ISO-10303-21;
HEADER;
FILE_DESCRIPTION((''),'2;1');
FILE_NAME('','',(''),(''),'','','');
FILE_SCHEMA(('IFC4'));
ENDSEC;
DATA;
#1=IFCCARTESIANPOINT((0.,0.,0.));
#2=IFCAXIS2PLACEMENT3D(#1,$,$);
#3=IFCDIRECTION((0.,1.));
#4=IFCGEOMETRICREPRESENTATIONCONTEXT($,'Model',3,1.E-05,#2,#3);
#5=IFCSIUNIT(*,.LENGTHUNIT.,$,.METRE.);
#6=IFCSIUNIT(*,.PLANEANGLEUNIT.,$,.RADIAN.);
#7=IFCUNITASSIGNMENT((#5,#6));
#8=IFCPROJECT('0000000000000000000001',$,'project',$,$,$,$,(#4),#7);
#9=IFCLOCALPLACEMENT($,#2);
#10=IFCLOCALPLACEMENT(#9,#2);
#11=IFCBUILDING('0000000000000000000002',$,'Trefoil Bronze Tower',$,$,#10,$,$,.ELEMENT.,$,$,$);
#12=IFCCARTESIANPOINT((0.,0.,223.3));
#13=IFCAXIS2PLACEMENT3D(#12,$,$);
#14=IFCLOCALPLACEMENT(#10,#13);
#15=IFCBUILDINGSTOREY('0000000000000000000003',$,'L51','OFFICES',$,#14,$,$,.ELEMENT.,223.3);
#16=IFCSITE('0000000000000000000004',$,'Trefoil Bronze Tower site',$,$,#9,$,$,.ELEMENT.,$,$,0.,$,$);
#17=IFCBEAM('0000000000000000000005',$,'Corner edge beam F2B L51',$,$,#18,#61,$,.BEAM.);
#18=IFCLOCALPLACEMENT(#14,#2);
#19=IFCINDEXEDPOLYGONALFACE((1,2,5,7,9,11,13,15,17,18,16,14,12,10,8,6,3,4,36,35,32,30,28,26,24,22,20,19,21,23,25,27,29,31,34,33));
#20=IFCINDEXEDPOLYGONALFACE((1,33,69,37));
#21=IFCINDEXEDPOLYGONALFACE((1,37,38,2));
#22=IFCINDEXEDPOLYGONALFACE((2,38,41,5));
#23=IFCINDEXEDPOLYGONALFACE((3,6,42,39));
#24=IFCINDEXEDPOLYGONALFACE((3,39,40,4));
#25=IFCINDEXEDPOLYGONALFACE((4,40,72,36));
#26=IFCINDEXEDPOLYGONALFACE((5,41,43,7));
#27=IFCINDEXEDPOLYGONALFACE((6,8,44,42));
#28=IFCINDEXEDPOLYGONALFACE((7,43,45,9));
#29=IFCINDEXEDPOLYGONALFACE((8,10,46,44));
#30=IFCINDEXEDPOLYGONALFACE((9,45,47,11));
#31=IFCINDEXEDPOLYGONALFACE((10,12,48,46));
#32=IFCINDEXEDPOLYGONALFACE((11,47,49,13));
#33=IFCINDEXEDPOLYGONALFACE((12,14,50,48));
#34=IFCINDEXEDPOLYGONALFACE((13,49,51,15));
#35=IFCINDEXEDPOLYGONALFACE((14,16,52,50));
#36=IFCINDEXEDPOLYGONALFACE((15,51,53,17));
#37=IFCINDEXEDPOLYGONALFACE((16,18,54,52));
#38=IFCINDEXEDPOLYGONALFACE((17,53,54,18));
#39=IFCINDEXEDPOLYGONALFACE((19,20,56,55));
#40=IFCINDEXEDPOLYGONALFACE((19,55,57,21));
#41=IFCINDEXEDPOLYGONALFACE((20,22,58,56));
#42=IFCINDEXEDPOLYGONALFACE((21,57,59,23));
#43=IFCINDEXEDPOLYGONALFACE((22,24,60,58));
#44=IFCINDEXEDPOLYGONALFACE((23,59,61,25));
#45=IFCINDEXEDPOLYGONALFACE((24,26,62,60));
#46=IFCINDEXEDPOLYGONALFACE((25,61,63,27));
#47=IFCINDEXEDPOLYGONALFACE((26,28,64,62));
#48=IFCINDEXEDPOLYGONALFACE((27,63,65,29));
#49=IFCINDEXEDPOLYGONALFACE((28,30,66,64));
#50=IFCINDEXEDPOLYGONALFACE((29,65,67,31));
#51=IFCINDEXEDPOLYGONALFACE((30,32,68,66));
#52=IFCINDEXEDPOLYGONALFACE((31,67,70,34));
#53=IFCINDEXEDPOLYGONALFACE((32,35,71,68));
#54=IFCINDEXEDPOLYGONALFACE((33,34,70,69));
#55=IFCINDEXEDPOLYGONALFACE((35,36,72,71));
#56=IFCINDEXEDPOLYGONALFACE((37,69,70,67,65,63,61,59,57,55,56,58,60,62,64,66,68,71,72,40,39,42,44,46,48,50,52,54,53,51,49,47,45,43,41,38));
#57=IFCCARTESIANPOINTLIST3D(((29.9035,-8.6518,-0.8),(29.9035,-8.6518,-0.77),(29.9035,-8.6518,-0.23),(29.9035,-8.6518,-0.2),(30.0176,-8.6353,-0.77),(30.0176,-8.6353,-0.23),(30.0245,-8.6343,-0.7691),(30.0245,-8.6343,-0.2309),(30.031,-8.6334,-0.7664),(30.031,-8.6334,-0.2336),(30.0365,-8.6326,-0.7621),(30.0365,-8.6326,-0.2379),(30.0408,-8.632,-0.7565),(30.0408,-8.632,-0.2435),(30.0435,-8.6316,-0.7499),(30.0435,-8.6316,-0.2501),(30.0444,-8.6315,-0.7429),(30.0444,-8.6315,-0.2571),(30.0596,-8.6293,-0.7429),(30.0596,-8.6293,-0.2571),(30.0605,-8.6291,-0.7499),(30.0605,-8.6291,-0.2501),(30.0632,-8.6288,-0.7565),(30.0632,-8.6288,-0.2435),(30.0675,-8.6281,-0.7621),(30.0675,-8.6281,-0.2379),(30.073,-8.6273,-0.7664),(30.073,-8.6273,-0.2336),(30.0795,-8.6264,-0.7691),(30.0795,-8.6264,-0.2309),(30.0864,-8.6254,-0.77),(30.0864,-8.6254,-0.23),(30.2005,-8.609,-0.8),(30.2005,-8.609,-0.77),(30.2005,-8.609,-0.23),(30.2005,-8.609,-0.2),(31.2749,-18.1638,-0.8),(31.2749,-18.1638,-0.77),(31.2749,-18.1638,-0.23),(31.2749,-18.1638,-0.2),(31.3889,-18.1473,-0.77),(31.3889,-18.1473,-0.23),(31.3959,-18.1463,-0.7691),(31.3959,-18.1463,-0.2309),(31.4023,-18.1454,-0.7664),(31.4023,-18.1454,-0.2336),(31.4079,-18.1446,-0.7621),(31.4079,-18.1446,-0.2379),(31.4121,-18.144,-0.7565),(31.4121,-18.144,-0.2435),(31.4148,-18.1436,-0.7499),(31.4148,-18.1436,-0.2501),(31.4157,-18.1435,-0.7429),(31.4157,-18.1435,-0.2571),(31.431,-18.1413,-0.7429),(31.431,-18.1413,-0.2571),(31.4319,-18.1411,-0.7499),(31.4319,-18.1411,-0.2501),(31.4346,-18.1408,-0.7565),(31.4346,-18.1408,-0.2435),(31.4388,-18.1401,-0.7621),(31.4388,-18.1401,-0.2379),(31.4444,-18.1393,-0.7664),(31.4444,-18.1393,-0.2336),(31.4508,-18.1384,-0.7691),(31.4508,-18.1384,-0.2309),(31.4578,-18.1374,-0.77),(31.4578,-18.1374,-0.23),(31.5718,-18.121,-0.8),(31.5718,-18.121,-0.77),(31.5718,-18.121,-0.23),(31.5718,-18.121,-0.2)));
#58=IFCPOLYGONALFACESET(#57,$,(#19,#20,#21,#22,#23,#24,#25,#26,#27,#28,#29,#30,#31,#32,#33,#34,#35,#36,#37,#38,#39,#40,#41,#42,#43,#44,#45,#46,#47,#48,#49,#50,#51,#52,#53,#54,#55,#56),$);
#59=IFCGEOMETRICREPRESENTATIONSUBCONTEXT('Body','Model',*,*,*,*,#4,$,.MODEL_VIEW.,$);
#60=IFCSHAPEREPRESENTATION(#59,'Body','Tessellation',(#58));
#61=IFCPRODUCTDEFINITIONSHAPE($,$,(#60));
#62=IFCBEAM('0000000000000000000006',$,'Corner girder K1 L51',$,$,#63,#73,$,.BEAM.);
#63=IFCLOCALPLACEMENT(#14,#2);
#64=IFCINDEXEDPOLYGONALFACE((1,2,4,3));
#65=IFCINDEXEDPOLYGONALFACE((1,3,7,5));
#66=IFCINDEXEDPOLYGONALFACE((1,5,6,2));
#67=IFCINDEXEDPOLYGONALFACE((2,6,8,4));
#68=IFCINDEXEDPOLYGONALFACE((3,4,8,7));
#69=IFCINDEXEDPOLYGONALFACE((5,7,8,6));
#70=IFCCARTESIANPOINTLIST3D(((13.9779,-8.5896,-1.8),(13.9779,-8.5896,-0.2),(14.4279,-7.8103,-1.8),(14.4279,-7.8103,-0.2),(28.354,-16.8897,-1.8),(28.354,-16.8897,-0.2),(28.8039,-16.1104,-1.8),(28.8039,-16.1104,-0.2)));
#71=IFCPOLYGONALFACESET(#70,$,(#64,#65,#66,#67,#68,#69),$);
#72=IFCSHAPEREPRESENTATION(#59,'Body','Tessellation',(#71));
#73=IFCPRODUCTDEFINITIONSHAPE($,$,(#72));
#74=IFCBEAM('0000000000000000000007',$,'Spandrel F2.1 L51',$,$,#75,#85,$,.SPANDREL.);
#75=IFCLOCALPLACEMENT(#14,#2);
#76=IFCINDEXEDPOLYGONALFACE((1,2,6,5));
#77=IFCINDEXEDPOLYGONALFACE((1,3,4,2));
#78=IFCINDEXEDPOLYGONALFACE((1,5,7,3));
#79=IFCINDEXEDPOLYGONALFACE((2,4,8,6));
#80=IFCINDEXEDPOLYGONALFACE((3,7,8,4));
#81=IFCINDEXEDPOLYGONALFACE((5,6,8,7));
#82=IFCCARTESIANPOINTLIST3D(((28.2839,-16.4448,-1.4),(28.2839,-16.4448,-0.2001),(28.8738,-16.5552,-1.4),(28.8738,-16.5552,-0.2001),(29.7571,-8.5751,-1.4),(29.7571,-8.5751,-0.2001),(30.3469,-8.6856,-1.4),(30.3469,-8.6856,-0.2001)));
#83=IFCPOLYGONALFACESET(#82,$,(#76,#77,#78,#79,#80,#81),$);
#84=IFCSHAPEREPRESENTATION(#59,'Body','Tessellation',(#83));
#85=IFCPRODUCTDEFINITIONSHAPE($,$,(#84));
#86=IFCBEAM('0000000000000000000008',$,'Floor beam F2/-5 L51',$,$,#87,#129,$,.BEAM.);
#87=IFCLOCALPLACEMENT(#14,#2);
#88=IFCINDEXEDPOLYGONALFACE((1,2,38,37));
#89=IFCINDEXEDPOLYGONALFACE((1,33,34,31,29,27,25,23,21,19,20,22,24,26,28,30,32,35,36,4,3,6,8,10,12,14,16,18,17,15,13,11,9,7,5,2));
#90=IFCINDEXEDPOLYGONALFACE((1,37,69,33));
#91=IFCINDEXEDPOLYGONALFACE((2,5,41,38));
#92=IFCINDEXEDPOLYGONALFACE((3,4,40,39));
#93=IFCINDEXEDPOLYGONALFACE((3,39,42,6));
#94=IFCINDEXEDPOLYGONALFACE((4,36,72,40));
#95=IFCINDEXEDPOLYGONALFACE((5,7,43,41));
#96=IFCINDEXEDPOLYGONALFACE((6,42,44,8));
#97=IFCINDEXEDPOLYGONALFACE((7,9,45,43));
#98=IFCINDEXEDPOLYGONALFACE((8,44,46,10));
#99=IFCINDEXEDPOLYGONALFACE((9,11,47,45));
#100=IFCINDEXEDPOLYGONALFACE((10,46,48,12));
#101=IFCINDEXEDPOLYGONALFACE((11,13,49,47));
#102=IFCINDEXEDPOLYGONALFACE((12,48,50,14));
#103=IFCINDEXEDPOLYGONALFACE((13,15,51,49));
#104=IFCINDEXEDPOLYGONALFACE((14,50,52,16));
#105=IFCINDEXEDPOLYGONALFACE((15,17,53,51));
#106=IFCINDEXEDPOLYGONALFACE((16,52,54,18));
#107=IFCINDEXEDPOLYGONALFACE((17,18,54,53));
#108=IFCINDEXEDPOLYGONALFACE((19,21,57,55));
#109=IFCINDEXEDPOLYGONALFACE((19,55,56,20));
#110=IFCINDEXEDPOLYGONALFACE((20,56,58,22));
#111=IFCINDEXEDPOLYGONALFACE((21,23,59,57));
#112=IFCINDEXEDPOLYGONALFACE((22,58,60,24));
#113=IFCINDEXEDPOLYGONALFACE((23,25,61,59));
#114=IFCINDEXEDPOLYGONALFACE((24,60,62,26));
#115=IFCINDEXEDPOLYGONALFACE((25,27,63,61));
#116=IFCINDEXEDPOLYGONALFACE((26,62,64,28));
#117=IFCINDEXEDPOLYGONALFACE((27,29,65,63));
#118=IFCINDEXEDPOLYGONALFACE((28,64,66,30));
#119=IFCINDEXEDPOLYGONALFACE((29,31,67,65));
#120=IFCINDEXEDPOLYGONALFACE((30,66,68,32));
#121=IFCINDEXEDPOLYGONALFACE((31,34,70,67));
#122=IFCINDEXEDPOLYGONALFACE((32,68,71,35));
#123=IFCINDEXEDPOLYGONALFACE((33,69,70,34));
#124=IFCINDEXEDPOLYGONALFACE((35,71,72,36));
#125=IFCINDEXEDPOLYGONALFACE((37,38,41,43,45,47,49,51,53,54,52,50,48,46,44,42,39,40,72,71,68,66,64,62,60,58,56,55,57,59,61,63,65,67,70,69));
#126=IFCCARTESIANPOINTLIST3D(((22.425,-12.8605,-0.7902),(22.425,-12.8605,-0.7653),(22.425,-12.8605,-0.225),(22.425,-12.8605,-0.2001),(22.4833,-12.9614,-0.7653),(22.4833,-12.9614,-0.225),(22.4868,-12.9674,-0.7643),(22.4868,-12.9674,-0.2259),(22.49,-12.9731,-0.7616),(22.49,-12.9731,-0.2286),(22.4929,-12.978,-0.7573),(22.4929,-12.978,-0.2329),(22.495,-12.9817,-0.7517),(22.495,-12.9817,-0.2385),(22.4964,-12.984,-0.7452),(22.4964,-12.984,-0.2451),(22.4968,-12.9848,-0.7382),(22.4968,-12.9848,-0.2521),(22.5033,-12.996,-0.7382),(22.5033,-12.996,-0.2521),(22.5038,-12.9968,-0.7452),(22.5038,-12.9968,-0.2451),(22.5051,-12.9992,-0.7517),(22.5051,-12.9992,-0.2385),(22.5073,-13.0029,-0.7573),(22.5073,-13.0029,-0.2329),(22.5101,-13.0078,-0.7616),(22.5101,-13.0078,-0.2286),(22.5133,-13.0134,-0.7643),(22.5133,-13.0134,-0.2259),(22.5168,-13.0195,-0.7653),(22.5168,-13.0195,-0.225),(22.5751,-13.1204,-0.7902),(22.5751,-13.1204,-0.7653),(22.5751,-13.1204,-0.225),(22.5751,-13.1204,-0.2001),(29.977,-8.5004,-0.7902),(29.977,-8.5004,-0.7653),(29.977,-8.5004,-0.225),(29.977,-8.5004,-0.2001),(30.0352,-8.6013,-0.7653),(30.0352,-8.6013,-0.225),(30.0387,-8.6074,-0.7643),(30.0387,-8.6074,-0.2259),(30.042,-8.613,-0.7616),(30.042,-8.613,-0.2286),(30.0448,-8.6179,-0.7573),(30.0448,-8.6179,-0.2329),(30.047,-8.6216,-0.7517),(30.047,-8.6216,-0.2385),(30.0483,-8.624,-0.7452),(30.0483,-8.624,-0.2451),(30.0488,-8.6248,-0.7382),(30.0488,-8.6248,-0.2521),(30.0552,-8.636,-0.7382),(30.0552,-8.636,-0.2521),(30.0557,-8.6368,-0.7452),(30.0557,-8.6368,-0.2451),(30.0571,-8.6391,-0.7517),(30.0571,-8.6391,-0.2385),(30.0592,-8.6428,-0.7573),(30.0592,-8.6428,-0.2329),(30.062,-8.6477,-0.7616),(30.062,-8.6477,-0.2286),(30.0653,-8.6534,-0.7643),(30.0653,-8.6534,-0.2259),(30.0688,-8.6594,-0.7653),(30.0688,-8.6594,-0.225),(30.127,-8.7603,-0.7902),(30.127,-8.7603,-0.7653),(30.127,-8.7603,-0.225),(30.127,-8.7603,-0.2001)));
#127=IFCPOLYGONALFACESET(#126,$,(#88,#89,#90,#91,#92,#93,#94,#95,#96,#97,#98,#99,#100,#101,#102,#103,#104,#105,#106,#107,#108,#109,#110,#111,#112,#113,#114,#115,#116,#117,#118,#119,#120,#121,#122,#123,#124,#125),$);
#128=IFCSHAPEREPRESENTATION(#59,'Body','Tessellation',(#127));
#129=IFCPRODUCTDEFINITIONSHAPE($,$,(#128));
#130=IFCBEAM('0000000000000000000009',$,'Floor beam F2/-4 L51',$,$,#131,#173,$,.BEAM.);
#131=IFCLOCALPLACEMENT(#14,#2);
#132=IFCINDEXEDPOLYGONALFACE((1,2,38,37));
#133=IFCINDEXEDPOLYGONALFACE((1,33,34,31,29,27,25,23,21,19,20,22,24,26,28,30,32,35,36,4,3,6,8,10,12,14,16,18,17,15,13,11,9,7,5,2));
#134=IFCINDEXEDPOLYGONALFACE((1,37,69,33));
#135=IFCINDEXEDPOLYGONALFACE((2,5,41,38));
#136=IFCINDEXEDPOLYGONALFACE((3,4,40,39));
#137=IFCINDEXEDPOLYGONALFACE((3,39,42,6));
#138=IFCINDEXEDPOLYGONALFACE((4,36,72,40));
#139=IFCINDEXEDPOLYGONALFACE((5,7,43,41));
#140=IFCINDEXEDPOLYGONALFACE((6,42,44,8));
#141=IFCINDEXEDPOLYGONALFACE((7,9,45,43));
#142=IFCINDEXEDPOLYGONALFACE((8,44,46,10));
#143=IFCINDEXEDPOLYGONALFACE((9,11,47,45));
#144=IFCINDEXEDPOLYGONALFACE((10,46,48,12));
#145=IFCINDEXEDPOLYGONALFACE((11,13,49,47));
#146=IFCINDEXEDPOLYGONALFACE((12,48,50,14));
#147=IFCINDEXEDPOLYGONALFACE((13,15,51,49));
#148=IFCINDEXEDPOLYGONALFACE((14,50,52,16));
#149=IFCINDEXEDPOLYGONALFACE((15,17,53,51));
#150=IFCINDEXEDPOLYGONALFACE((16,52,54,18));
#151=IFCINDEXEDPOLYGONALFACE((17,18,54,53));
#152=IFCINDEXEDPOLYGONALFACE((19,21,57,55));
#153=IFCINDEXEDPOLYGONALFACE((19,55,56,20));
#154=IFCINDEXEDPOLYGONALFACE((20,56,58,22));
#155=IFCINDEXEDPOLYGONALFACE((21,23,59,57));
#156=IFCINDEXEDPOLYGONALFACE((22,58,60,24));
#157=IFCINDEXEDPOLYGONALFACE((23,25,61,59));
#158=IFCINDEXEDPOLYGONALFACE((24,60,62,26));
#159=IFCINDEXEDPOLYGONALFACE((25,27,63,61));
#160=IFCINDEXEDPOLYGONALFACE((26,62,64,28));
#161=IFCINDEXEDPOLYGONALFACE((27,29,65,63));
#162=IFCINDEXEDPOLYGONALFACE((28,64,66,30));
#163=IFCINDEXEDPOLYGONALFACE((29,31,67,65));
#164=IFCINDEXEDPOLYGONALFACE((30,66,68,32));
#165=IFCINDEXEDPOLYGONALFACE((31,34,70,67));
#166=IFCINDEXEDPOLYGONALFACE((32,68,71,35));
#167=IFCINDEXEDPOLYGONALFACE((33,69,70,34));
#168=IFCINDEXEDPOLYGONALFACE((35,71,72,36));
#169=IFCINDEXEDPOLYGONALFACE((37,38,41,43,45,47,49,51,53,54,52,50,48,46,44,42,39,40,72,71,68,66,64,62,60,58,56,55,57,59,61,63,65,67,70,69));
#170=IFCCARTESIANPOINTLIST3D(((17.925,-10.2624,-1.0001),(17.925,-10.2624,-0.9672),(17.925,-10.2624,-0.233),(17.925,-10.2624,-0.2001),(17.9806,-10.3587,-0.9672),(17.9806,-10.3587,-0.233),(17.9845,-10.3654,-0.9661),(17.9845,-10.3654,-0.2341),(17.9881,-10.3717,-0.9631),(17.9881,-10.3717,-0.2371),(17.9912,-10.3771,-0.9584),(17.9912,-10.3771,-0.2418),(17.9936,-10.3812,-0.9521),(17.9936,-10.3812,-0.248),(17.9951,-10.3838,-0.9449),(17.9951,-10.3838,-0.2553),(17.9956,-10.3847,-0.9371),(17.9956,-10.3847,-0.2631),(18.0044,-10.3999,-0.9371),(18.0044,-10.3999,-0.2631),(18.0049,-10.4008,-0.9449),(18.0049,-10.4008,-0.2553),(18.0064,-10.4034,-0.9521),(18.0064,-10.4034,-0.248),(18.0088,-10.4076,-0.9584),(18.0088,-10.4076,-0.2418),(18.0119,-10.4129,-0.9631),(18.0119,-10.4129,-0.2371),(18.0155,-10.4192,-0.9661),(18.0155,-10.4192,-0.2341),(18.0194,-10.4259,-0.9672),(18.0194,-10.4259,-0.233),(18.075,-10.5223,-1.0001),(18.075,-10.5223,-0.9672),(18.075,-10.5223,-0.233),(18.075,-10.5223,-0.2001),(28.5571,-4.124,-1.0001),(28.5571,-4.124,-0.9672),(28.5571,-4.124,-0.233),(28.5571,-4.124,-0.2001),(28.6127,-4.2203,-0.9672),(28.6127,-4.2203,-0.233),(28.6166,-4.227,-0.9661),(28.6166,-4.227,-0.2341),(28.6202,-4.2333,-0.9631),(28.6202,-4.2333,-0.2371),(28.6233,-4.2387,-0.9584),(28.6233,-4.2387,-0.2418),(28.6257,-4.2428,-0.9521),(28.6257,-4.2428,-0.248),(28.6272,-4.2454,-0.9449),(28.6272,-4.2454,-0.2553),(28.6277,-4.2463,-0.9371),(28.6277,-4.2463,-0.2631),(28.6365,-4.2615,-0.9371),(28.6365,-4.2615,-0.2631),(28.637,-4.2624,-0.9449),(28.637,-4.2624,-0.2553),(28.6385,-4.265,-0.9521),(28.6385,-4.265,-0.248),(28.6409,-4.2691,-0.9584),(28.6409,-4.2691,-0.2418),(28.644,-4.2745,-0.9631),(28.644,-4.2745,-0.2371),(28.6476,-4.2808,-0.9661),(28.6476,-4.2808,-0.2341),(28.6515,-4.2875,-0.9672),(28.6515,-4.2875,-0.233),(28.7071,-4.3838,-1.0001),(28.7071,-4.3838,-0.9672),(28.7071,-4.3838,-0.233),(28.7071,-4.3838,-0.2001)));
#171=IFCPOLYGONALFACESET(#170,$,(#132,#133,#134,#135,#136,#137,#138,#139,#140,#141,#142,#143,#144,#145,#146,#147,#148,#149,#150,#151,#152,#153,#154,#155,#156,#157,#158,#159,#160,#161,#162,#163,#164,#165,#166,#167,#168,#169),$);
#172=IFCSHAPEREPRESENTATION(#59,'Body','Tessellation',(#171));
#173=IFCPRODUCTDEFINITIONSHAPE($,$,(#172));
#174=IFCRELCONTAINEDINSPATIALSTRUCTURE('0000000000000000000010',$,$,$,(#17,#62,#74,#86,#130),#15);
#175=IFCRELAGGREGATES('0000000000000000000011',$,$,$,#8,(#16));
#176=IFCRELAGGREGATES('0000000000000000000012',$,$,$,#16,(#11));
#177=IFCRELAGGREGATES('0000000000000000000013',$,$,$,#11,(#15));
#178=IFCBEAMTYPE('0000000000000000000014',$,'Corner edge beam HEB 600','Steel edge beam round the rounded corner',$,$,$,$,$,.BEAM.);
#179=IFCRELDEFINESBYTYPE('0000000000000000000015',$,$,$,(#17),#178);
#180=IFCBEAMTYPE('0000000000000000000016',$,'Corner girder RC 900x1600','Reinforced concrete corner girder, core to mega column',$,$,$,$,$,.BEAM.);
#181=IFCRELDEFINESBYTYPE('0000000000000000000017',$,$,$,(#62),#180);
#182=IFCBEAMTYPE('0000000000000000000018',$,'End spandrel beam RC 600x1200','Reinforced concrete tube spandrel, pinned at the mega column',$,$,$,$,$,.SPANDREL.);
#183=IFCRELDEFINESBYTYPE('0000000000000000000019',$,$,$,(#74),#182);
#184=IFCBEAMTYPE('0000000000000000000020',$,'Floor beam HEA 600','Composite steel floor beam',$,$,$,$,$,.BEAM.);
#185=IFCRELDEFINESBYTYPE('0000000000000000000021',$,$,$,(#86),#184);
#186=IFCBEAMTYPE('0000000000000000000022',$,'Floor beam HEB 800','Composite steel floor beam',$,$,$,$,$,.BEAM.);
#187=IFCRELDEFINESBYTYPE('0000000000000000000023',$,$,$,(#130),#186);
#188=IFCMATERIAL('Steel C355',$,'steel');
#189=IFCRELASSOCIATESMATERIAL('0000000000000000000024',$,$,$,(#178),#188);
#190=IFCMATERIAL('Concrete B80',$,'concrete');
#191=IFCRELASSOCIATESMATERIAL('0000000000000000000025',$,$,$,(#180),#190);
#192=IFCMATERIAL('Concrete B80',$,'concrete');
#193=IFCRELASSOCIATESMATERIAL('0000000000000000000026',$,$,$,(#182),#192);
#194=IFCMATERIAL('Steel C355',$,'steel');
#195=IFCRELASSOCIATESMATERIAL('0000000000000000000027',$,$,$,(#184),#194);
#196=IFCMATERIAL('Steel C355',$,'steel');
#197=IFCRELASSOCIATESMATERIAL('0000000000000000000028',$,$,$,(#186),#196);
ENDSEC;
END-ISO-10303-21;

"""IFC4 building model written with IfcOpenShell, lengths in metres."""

from ifc_helpers import new_model, si_unit, direction, frame, origin, origin_2d, place, context, subcontext, project, spatial, rectangle, i_section, extrude, material, material_profile, profile_set, type_object, element, save


model = new_model("IFC4")

# Units and contexts
model_context = context("Model", 3, precision=1e-05, world=origin(), true_north=direction((0.0, 1.0)))
body_context = subcontext(model_context, "Body", "Model", "MODEL_VIEW")
ifc_project = project(units=[si_unit("LENGTHUNIT", "METRE"), si_unit("PLANEANGLEUNIT", "RADIAN")], contexts=[model_context])

# Site, building, storey
site_placement = place(None, origin())
site = spatial("IfcSite", under=ifc_project, at=site_placement, Name="Trefoil Bronze Tower site", CompositionType="ELEMENT", RefElevation=0.0)
building_placement = place(site_placement, origin())
building = spatial("IfcBuilding", under=site, at=building_placement, Name="Trefoil Bronze Tower", CompositionType="ELEMENT")
storey_placement = place(building_placement, frame((0.0, 0.0, 223.3)))
storey = spatial("IfcBuildingStorey", under=building, at=storey_placement, Name="L51", Description="OFFICES", CompositionType="ELEMENT", Elevation=223.3)

# Beams
ifc_material_1 = material(Name="Steel C355", Category="steel")
ifc_material_profile_1 = material_profile(ifc_material_1, i_section(OverallWidth=0.3, OverallDepth=0.6001, WebThickness=0.0154, FlangeThickness=0.03, FilletRadius=0.0271, at=origin_2d()), Name="HEB 600")
ifc_profile_set_1 = profile_set([ifc_material_profile_1], Name="Steel C355")
beam_type_1 = type_object("IfcBeamType", Name="Corner edge beam HEB 600", Description="Steel edge beam round the rounded corner", PredefinedType="BEAM", material=ifc_profile_set_1)
beam_1_placement = place(storey_placement, frame((30.052, -8.6304, -0.5), z_axis=(0.142694, -0.989767, 0.0), x_axis=(0.989767, 0.142694, 0.0)))
element("IfcBeam", 1, at=beam_1_placement, inside=storey, type_object=beam_type_1, Name="Corner edge beam F2B L51", PredefinedType="BEAM", context=body_context, shape_type="SweptSolid", body=[
    extrude(i_section(OverallWidth=0.3, OverallDepth=0.6001, WebThickness=0.0154, FlangeThickness=0.03, FilletRadius=0.0271, at=origin_2d()), origin(), (0.0, 0.0, 1.0), 9.6104),
])
ifc_material_2 = material(Name="Concrete B80", Category="concrete")
ifc_material_profile_2 = material_profile(ifc_material_2, rectangle(XDim=0.8999, YDim=1.6001, at=origin_2d()), Name="RC 900x1600")
ifc_profile_set_2 = profile_set([ifc_material_profile_2], Name="Concrete B80")
beam_type_2 = type_object("IfcBeamType", Name="Corner girder RC 900x1600", Description="Reinforced concrete corner girder, core to mega column", PredefinedType="BEAM", material=ifc_profile_set_2)
beam_2_placement = place(storey_placement, frame((14.2029, -8.2, -1.0), z_axis=(0.866023, -0.500003, 0.0), x_axis=(0.500003, 0.866023, 0.0)))
element("IfcBeam", 2, at=beam_2_placement, inside=storey, type_object=beam_type_2, Name="Corner girder K1 L51", PredefinedType="BEAM", context=body_context, shape_type="SweptSolid", body=[
    extrude(rectangle(XDim=0.8999, YDim=1.6001, at=origin_2d()), origin(), (0.0, 0.0, 1.0), 16.6001),
])
ifc_material_3 = material(Name="Concrete B80", Category="concrete")
ifc_material_profile_3 = material_profile(ifc_material_3, rectangle(XDim=0.6001, YDim=1.2, at=origin_2d()), Name="RC 600x1200")
ifc_profile_set_3 = profile_set([ifc_material_profile_3], Name="Concrete B80")
beam_type_3 = type_object("IfcBeamType", Name="End spandrel beam RC 600x1200", Description="Reinforced concrete tube spandrel, pinned at the mega column", PredefinedType="SPANDREL", material=ifc_profile_set_3)
beam_3_placement = place(storey_placement, frame((28.5789, -16.5, -0.8), z_axis=(0.183998, 0.982927, 0.0), x_axis=(-0.982927, 0.183998, 0.0)))
element("IfcBeam", 3, at=beam_3_placement, inside=storey, type_object=beam_type_3, Name="Spandrel F2.1 L51", PredefinedType="SPANDREL", context=body_context, shape_type="SweptSolid", body=[
    extrude(rectangle(XDim=0.6001, YDim=1.2, at=origin_2d()), origin(), (0.0, 0.0, 1.0), 8.0063),
])
ifc_material_4 = material(Name="Steel C355", Category="steel")
ifc_material_profile_4 = material_profile(ifc_material_4, i_section(OverallWidth=0.3, OverallDepth=0.5901, WebThickness=0.0129, FlangeThickness=0.0249, FilletRadius=0.0271, at=origin_2d()), Name="HEA 600")
ifc_profile_set_4 = profile_set([ifc_material_profile_4], Name="Steel C355")
beam_type_4 = type_object("IfcBeamType", Name="Floor beam HEA 600", Description="Composite steel floor beam", PredefinedType="BEAM", material=ifc_profile_set_4)
beam_4_placement = place(storey_placement, frame((30.052, -8.6304, -0.4951), z_axis=(-0.866028, -0.499996, 0.0), x_axis=(0.499996, -0.866028, 0.0)))
element("IfcBeam", 4, at=beam_4_placement, inside=storey, type_object=beam_type_4, Name="Floor beam F2/-5 L51", PredefinedType="BEAM", context=body_context, shape_type="SweptSolid", body=[
    extrude(i_section(OverallWidth=0.3, OverallDepth=0.5901, WebThickness=0.0129, FlangeThickness=0.0249, FilletRadius=0.0271, at=origin_2d()), origin(), (0.0, 0.0, 1.0), 8.7202),
])
ifc_material_5 = material(Name="Steel C355", Category="steel")
ifc_material_profile_5 = material_profile(ifc_material_5, i_section(OverallWidth=0.3, OverallDepth=0.8, WebThickness=0.0176, FlangeThickness=0.033, FilletRadius=0.03, at=origin_2d()), Name="HEB 800")
ifc_profile_set_5 = profile_set([ifc_material_profile_5], Name="Steel C355")
beam_type_5 = type_object("IfcBeamType", Name="Floor beam HEB 800", Description="Composite steel floor beam", PredefinedType="BEAM", material=ifc_profile_set_5)
beam_5_placement = place(storey_placement, frame((28.6321, -4.2539, -0.6001), z_axis=(-0.866026, -0.5, 0.0), x_axis=(0.5, -0.866026, 0.0)))
element("IfcBeam", 5, at=beam_5_placement, inside=storey, type_object=beam_type_5, Name="Floor beam F2/-4 L51", PredefinedType="BEAM", context=body_context, shape_type="SweptSolid", body=[
    extrude(i_section(OverallWidth=0.3, OverallDepth=0.8, WebThickness=0.0176, FlangeThickness=0.033, FilletRadius=0.03, at=origin_2d()), origin(), (0.0, 0.0, 1.0), 12.2769),
])

save(model, "model.ifc")
